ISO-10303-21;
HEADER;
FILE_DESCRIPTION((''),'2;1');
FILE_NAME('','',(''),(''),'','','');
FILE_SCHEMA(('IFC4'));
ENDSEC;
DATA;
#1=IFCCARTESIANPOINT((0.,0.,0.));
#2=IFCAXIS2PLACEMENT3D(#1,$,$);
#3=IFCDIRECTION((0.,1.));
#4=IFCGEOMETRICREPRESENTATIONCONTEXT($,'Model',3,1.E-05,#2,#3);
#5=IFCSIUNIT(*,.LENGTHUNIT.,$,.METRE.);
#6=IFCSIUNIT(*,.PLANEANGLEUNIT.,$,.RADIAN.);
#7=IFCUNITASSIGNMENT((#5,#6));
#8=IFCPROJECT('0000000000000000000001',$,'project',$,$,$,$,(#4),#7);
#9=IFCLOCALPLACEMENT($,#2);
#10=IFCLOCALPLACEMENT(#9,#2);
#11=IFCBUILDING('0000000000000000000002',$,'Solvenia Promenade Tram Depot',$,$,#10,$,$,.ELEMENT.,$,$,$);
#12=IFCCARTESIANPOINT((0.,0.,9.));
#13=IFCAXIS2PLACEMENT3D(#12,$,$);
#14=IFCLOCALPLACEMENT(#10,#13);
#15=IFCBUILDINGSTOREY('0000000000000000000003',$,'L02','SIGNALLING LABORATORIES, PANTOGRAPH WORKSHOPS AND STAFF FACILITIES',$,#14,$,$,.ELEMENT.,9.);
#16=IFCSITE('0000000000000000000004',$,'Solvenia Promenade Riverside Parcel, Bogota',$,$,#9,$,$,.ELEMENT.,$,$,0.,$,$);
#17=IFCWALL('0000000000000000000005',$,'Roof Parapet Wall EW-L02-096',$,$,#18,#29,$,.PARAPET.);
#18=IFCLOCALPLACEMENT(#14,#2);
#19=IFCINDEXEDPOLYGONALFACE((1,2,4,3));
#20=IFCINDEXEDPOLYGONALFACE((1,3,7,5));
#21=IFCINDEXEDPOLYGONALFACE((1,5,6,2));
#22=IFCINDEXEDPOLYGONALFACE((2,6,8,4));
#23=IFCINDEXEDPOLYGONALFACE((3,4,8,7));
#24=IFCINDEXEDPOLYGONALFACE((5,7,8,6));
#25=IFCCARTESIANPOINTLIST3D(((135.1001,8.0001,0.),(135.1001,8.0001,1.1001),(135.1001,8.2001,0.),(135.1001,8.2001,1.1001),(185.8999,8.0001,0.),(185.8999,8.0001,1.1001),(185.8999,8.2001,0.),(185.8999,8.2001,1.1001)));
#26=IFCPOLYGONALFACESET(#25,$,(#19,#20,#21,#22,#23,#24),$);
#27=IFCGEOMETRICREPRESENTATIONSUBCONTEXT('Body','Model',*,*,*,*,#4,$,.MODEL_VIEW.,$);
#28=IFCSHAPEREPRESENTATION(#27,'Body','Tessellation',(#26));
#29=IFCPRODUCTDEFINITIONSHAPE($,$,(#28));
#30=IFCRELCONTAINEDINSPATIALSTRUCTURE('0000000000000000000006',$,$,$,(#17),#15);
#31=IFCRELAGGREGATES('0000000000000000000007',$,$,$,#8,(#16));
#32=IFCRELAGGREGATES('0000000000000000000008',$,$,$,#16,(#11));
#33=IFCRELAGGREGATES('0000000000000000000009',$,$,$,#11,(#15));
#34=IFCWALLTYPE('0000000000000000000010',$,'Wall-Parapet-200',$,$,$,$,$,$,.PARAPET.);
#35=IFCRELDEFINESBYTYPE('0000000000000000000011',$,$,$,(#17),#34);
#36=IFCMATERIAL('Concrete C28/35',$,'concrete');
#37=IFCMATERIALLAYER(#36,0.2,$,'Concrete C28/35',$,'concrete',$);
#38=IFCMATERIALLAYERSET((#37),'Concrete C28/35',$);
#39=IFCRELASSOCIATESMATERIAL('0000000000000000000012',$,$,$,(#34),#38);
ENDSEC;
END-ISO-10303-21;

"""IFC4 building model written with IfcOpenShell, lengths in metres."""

from ifc_helpers import new_model, si_unit, direction, frame, frame_2d, origin, place, context, subcontext, project, spatial, rectangle, extrude, material, layer, layer_set, type_object, element, save


model = new_model("IFC4")

# Units and contexts
model_context = context("Model", 3, precision=1e-05, world=origin(), true_north=direction((0.0, 1.0)))
body_context = subcontext(model_context, "Body", "Model", "MODEL_VIEW")
ifc_project = project(units=[si_unit("LENGTHUNIT", "METRE"), si_unit("PLANEANGLEUNIT", "RADIAN")], contexts=[model_context])

# Site, building, storey
site_placement = place(None, origin())
site = spatial("IfcSite", under=ifc_project, at=site_placement, Name="Solvenia Promenade Riverside Parcel, Bogota", CompositionType="ELEMENT", RefElevation=0.0)
building_placement = place(site_placement, origin())
building = spatial("IfcBuilding", under=site, at=building_placement, Name="Solvenia Promenade Tram Depot", CompositionType="ELEMENT")
storey_placement = place(building_placement, frame((0.0, 0.0, 9.0)))
storey = spatial("IfcBuildingStorey", under=building, at=storey_placement, Name="L02", Description="SIGNALLING LABORATORIES, PANTOGRAPH WORKSHOPS AND STAFF FACILITIES", CompositionType="ELEMENT", Elevation=9.0)

# Wall
ifc_material_1 = material(Name="Concrete C28/35", Category="concrete")
ifc_layer_1 = layer(ifc_material_1, 0.2, Name="Concrete C28/35", Category="concrete")
ifc_layer_set_1 = layer_set([ifc_layer_1], Name="Concrete C28/35")
wall_type_1 = type_object("IfcWallType", Name="Wall-Parapet-200", PredefinedType="PARAPET", material=ifc_layer_set_1)
wall_1_placement = place(storey_placement, frame((135.1001, 8.1001, 0.0), z_axis=(0.0, 0.0, 1.0), x_axis=(1.0, 0.0, 0.0)))
element("IfcWall", 1, at=wall_1_placement, inside=storey, type_object=wall_type_1, Name="Roof Parapet Wall EW-L02-096", PredefinedType="PARAPET", context=body_context, shape_type="SweptSolid", body=[
    extrude(rectangle(XDim=50.7998, YDim=0.2, at=frame_2d((25.3999, 0.0))), origin(), (0.0, 0.0, 1.0), 1.1001),
])

save(model, "model.ifc")
